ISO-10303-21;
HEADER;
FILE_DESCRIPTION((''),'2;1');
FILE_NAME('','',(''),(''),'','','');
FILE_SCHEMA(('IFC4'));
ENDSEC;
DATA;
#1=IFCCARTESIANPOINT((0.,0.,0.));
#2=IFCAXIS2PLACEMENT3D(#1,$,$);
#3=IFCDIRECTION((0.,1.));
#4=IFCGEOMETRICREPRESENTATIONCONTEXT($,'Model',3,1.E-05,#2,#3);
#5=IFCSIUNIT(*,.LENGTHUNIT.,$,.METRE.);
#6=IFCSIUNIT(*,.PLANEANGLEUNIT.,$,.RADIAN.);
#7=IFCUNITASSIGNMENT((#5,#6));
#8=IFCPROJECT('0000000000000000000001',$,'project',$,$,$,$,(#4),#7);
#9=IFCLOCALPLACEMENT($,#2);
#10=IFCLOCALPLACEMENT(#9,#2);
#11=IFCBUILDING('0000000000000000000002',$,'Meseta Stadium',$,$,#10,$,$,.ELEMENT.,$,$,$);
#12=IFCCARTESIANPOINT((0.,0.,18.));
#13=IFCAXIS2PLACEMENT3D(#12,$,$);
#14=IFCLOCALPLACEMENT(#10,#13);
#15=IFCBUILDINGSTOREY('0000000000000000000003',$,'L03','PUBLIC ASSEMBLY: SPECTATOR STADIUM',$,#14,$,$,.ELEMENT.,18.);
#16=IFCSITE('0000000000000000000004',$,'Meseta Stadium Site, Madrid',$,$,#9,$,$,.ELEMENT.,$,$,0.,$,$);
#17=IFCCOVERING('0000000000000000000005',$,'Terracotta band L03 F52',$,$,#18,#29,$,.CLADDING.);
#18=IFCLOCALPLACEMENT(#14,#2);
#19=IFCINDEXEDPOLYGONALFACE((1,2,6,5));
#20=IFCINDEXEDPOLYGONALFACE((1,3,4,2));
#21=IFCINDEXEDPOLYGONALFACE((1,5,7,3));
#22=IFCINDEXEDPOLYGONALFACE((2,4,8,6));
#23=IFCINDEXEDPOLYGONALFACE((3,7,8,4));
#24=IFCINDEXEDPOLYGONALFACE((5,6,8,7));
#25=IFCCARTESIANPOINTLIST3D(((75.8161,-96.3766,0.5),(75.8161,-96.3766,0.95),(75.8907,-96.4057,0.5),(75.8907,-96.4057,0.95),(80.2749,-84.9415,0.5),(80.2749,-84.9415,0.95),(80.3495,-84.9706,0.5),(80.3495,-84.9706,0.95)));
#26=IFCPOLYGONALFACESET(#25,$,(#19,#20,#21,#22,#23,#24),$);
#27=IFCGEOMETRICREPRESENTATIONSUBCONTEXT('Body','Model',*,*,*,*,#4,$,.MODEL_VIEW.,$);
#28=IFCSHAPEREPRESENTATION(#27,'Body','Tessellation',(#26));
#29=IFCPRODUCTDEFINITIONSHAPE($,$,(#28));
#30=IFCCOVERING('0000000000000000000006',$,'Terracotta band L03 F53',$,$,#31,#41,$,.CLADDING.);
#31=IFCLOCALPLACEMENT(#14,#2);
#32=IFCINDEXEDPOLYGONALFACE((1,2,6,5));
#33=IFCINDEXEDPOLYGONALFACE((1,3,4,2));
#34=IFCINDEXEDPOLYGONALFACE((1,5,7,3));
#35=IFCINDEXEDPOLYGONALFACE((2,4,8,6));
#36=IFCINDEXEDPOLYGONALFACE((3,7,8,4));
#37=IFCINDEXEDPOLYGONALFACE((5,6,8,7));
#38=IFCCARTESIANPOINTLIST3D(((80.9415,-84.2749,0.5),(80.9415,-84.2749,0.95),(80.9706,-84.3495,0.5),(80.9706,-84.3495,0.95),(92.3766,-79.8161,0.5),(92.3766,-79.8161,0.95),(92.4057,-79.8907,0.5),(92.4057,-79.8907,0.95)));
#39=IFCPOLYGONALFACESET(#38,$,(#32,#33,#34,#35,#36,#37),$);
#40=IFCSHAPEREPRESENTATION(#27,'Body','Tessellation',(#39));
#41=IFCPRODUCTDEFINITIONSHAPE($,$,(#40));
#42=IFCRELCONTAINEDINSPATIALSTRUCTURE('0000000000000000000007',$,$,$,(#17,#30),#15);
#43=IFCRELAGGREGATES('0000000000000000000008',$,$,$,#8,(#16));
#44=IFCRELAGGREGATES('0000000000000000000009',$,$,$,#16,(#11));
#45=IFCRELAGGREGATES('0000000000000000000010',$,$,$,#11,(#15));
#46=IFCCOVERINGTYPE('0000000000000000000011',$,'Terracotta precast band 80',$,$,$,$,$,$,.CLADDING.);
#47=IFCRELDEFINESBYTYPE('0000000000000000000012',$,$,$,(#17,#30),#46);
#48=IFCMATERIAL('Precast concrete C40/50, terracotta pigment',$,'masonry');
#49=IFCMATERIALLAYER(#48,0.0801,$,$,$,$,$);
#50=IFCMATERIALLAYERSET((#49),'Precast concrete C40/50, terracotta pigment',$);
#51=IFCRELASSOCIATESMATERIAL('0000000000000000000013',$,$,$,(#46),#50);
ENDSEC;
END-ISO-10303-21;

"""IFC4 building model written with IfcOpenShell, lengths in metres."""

from ifc_helpers import new_model, si_unit, direction, frame, origin, origin_2d, place, context, subcontext, project, spatial, rectangle, extrude, material, layer, layer_set, type_object, element, save


model = new_model("IFC4")

# Units and contexts
model_context = context("Model", 3, precision=1e-05, world=origin(), true_north=direction((0.0, 1.0)))
body_context = subcontext(model_context, "Body", "Model", "MODEL_VIEW")
ifc_project = project(units=[si_unit("LENGTHUNIT", "METRE"), si_unit("PLANEANGLEUNIT", "RADIAN")], contexts=[model_context])

# Site, building, storey
site_placement = place(None, origin())
site = spatial("IfcSite", under=ifc_project, at=site_placement, Name="Meseta Stadium Site, Madrid", CompositionType="ELEMENT", RefElevation=0.0)
building_placement = place(site_placement, origin())
building = spatial("IfcBuilding", under=site, at=building_placement, Name="Meseta Stadium", CompositionType="ELEMENT")
storey_placement = place(building_placement, frame((0.0, 0.0, 18.0)))
storey = spatial("IfcBuildingStorey", under=building, at=storey_placement, Name="L03", Description="PUBLIC ASSEMBLY: SPECTATOR STADIUM", CompositionType="ELEMENT", Elevation=18.0)

# Coverings
ifc_material_1 = material(Name="Precast concrete C40/50, terracotta pigment", Category="masonry")
ifc_layer_1 = layer(ifc_material_1, 0.0801)
ifc_layer_set_1 = layer_set([ifc_layer_1], Name="Precast concrete C40/50, terracotta pigment")
covering_type_1 = type_object("IfcCoveringType", Name="Terracotta precast band 80", PredefinedType="CLADDING", material=ifc_layer_set_1)
for number, where, z_axis, x_axis, name in (
    (1, (78.0828, -90.6736, 0.5), (0.0, 0.0, 1.0), (-0.363281, -0.93168, 0.0), "Terracotta band L03 F52"),
    (2, (86.6736, -82.0828, 0.5), (0.0, 0.0, 1.0), (-0.93168, -0.363281, 0.0), "Terracotta band L03 F53"),
):
    element("IfcCovering", number, at=place(storey_placement, frame(where, z_axis=z_axis, x_axis=x_axis)), inside=storey, type_object=covering_type_1, Name=name, PredefinedType="CLADDING", context=body_context, shape_type="SweptSolid", body=[
        extrude(rectangle(XDim=12.2737, YDim=0.0801, at=origin_2d()), origin(), (0.0, 0.0, 1.0), 0.45),
    ])

save(model, "model.ifc")
